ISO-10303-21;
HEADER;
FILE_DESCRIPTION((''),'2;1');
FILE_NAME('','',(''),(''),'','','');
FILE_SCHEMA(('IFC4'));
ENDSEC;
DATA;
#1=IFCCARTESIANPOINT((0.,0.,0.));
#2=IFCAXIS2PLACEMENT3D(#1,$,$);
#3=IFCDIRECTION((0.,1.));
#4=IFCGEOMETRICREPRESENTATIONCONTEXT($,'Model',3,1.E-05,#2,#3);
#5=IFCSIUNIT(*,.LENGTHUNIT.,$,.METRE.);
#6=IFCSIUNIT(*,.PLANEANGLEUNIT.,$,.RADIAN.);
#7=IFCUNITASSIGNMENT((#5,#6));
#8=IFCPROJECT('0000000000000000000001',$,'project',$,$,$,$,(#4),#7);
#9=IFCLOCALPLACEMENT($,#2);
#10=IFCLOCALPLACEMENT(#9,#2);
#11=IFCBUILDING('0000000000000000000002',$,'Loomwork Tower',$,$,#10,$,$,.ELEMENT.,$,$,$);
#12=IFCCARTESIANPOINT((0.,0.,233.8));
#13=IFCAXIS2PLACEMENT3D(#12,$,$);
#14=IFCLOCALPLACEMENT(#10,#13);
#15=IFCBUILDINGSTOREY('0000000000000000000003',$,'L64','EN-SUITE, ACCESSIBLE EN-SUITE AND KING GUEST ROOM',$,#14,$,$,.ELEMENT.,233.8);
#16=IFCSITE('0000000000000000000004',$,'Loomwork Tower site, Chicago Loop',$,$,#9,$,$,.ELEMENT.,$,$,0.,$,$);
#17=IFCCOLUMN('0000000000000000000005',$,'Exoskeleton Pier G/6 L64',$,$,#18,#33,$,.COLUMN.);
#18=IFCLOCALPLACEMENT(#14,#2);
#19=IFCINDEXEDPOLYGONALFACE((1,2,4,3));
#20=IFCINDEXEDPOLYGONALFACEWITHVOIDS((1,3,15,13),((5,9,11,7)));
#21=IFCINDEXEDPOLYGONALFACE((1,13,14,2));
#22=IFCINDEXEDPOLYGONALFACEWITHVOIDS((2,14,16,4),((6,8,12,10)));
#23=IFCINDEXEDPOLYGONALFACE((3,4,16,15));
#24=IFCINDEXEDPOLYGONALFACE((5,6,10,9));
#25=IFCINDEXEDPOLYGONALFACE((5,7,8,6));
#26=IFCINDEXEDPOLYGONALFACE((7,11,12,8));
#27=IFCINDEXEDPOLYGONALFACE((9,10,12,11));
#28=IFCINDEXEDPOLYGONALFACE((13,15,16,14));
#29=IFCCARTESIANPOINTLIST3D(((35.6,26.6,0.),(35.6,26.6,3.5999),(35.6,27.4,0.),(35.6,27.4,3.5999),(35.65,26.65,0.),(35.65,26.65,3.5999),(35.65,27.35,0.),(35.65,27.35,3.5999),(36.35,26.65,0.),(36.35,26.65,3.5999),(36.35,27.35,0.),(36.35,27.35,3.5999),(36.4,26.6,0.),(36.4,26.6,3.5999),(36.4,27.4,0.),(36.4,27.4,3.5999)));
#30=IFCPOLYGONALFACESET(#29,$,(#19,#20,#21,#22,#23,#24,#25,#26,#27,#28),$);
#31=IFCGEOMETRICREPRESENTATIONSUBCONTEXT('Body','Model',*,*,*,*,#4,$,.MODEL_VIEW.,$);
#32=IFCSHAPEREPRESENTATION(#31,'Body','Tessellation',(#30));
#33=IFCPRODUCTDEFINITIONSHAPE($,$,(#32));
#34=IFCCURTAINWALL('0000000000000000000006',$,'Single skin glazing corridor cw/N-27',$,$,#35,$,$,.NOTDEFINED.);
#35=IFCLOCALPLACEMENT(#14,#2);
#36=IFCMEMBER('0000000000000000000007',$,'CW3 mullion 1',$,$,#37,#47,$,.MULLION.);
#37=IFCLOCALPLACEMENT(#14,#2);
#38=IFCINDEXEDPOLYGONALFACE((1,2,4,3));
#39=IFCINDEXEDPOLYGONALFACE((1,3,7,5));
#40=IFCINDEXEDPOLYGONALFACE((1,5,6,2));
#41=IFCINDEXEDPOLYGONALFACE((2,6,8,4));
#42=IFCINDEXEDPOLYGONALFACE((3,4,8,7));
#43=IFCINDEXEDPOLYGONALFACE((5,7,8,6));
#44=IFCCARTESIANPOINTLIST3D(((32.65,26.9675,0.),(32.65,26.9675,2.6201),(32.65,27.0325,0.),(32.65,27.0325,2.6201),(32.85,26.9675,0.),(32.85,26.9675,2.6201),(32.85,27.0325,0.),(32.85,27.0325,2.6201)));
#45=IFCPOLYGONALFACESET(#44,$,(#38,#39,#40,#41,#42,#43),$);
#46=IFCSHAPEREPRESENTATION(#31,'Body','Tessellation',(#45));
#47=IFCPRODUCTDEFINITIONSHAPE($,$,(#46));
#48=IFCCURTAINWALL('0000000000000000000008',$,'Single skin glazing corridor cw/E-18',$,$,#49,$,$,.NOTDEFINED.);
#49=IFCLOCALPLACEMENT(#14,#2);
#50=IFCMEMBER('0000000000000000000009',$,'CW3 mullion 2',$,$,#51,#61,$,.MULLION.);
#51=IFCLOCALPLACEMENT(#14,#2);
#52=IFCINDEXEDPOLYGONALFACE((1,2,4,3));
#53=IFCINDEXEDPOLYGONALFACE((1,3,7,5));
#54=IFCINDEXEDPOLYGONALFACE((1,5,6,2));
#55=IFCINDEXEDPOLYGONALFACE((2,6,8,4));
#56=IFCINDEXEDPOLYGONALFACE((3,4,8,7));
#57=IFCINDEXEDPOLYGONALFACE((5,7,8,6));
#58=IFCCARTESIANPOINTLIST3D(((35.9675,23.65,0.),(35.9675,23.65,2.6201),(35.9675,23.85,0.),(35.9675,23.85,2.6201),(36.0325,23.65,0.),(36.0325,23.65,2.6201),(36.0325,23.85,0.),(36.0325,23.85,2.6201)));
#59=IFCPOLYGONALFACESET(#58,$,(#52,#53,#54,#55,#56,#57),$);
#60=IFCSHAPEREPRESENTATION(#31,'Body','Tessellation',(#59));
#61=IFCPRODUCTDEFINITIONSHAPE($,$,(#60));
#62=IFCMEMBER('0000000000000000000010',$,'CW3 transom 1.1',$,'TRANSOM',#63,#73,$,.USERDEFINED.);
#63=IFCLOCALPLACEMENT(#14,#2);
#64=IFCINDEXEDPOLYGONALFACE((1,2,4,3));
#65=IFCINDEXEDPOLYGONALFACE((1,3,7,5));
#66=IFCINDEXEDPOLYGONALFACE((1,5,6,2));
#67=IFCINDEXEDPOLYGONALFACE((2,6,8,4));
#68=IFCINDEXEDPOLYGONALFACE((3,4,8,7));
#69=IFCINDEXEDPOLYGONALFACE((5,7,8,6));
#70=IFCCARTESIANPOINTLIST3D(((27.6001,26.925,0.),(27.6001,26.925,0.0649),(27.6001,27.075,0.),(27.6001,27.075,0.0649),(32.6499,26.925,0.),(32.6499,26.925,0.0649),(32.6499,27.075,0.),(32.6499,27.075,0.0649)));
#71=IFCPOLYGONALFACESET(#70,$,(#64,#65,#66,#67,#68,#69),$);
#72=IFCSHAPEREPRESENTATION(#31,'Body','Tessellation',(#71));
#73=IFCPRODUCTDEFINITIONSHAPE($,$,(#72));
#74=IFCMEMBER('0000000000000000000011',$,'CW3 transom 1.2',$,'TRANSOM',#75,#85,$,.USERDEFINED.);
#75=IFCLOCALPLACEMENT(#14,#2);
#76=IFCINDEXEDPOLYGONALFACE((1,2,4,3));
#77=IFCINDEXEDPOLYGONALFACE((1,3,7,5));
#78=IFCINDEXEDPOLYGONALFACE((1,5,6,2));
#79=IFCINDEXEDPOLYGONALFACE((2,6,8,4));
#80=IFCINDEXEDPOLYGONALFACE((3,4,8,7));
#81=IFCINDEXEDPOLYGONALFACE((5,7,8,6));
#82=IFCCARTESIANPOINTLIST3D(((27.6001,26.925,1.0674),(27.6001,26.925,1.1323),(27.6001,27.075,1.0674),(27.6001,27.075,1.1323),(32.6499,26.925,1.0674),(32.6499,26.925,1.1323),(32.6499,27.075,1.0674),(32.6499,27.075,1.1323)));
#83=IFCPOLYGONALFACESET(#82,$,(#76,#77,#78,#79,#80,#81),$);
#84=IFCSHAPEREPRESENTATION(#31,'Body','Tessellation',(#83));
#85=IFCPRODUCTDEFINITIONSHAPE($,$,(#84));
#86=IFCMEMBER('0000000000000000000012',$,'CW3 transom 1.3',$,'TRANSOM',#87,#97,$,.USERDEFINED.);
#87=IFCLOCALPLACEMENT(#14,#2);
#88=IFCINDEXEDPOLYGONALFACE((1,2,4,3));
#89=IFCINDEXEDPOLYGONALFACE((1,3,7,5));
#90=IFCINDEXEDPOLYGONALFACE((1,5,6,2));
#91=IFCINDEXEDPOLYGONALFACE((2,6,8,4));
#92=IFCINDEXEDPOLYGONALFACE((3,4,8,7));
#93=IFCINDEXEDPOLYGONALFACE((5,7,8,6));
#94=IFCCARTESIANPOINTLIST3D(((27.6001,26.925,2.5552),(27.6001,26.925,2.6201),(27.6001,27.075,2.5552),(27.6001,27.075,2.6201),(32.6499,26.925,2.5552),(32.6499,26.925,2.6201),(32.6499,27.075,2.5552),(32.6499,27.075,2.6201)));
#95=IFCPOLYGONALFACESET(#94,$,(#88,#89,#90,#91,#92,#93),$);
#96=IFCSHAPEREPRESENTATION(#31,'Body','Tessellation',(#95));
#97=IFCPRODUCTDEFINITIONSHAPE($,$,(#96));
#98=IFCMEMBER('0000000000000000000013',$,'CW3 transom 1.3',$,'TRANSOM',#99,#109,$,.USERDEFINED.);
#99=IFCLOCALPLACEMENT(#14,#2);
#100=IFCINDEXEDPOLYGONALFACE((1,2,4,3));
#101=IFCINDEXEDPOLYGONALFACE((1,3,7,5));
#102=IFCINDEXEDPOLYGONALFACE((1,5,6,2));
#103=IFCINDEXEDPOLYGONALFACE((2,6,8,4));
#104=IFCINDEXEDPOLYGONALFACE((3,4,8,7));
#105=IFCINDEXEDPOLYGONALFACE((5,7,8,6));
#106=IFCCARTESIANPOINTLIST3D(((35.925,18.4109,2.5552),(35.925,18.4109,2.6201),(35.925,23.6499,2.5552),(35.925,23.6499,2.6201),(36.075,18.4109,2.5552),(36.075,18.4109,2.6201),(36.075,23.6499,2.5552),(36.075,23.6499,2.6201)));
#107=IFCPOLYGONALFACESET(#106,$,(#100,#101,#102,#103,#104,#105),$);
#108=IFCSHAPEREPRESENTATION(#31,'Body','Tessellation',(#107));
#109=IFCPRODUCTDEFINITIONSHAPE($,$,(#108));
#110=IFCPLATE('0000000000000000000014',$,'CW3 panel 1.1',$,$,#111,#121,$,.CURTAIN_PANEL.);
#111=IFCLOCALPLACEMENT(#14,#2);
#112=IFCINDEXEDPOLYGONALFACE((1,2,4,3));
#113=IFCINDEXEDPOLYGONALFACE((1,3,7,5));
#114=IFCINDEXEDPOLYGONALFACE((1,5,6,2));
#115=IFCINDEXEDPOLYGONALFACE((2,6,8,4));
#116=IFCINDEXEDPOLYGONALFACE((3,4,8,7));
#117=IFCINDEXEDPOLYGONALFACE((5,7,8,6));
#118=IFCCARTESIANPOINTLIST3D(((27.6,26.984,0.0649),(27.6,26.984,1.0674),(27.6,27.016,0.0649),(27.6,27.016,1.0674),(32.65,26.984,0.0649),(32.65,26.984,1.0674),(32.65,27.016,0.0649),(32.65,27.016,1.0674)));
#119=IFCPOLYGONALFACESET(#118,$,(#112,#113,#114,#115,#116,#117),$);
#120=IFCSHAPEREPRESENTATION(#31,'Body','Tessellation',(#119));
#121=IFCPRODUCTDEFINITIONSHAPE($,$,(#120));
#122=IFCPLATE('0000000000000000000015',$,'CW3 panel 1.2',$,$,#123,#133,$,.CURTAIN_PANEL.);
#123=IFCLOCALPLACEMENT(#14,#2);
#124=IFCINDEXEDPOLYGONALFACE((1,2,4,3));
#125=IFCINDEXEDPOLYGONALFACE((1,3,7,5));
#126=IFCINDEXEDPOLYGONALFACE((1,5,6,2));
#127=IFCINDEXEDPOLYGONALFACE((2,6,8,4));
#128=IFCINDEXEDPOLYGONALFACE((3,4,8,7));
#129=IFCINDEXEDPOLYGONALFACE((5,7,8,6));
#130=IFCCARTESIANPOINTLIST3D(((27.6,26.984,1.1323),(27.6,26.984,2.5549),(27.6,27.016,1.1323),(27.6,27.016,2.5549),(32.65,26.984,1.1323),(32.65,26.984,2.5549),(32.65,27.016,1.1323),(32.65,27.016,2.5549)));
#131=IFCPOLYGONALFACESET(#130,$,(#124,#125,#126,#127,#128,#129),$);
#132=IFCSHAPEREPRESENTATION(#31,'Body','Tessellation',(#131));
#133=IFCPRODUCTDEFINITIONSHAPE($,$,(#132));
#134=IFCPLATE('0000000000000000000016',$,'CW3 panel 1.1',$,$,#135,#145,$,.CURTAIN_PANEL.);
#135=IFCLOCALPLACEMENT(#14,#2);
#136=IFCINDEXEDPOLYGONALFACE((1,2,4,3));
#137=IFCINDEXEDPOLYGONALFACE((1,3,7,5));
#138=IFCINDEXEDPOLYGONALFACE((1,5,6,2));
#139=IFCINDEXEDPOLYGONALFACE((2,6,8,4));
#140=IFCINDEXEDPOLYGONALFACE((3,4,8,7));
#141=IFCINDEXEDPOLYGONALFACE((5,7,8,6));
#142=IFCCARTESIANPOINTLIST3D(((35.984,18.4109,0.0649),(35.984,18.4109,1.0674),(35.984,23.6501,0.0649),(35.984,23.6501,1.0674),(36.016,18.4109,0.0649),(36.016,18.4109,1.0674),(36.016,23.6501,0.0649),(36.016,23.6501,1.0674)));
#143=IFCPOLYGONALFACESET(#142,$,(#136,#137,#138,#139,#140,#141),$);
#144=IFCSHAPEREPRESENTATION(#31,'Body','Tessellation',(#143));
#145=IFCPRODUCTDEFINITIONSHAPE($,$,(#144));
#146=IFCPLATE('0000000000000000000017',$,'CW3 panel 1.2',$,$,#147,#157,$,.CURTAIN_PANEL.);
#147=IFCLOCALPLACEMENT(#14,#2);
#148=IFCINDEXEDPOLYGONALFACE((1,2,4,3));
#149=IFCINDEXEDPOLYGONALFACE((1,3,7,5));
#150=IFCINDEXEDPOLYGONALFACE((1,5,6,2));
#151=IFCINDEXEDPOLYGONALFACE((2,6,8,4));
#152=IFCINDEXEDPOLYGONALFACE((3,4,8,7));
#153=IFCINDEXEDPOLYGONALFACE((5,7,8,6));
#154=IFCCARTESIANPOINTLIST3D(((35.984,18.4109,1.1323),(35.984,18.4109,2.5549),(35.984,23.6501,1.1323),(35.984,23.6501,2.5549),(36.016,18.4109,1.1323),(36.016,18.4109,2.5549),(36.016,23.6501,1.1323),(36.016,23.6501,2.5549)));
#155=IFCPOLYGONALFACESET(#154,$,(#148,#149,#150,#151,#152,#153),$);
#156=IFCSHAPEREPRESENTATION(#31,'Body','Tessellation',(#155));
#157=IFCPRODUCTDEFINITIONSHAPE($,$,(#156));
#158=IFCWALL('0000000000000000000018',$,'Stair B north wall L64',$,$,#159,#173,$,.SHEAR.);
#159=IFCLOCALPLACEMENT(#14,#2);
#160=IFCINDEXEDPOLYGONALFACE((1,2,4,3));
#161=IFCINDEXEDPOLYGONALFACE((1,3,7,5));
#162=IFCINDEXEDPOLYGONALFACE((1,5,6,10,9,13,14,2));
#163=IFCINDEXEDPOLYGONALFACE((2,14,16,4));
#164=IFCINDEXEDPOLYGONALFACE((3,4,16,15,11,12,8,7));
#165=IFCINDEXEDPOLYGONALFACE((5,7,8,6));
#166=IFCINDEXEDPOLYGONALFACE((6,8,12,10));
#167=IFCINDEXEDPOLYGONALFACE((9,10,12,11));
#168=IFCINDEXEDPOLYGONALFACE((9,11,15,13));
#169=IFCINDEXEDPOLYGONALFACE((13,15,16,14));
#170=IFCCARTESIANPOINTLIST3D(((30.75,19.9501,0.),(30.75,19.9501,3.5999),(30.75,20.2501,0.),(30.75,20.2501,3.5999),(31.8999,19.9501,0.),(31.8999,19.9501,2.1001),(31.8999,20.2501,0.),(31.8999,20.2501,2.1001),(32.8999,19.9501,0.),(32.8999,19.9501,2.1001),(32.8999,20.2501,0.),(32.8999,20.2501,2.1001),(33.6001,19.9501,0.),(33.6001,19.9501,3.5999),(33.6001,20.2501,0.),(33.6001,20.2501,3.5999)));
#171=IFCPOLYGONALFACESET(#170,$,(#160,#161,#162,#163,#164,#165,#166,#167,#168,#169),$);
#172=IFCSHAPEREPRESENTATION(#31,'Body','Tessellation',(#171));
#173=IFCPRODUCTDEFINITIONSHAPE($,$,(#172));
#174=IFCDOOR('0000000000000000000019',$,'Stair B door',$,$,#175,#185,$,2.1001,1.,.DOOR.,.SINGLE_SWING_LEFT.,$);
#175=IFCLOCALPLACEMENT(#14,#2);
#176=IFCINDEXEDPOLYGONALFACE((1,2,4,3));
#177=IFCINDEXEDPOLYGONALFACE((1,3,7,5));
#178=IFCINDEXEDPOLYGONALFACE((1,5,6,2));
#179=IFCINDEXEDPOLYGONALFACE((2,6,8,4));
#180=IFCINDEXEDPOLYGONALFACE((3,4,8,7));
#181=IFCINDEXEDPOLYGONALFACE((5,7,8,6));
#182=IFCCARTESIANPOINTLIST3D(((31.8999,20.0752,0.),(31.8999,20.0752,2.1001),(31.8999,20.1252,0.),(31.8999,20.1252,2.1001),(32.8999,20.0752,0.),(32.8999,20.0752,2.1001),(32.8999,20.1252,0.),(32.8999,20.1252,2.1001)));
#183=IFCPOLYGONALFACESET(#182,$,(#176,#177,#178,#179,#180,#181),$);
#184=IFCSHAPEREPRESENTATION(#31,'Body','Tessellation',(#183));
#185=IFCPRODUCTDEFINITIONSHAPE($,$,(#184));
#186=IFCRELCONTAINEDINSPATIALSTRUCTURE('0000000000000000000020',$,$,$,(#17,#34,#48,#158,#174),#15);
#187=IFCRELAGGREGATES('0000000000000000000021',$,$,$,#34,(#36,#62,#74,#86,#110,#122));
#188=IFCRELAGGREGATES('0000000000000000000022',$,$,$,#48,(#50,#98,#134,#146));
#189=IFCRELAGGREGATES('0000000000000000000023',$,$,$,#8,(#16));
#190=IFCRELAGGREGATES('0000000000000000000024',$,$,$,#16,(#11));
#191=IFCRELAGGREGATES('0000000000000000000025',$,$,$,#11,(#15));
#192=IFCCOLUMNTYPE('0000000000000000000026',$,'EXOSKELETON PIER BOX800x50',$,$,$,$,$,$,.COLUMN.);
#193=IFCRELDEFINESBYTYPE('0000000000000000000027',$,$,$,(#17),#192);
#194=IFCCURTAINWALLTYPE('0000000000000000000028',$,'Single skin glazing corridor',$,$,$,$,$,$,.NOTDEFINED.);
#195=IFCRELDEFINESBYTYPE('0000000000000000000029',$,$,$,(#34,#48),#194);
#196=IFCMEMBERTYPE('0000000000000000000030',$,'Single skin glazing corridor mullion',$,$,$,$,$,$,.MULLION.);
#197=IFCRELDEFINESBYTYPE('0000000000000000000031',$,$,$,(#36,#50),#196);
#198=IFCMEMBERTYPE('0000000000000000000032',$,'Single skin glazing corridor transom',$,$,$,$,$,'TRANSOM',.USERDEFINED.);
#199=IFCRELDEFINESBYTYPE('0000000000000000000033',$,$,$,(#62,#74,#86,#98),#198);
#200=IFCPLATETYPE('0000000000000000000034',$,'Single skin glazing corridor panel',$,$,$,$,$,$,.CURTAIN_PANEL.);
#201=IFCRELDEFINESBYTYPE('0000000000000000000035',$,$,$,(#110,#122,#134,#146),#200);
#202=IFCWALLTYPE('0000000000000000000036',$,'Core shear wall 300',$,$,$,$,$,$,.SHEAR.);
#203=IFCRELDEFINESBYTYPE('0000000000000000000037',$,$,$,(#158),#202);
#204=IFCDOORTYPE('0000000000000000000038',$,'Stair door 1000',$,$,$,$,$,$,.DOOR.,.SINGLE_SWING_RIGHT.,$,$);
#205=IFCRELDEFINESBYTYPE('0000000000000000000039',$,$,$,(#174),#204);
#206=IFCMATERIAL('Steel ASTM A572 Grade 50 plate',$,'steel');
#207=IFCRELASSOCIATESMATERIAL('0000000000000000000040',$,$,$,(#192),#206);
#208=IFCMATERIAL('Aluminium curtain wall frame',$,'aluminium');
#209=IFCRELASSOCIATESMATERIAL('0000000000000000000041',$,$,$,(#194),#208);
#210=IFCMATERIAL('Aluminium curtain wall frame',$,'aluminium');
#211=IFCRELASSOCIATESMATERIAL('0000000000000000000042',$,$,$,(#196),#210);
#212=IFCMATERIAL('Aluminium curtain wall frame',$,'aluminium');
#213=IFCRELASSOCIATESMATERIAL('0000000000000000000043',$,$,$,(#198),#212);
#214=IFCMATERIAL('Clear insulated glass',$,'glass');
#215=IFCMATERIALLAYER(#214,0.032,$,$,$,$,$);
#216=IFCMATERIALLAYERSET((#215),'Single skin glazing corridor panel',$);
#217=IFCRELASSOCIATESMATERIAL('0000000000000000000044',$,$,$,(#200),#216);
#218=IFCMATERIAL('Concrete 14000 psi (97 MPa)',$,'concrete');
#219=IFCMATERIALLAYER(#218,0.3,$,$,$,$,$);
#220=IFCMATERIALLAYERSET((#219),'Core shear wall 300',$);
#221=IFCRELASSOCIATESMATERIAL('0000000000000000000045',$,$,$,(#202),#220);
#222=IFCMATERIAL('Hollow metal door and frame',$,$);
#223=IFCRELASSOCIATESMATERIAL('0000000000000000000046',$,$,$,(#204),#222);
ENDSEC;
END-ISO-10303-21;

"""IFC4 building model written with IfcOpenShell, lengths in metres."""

from ifc_helpers import new_model, si_unit, direction, frame, frame_2d, origin, origin_2d, place, context, subcontext, project, spatial, rectangle, hollow_rectangle, extrude, material, layer, layer_set, material_profile, profile_set, type_object, element, fill, aggregate, save


model = new_model("IFC4")

# Units and contexts
model_context = context("Model", 3, precision=1e-05, world=origin(), true_north=direction((0.0, 1.0)))
body_context = subcontext(model_context, "Body", "Model", "MODEL_VIEW")
ifc_project = project(units=[si_unit("LENGTHUNIT", "METRE"), si_unit("PLANEANGLEUNIT", "RADIAN")], contexts=[model_context])

# Site, building, storey
site_placement = place(None, origin())
site = spatial("IfcSite", under=ifc_project, at=site_placement, Name="Loomwork Tower site, Chicago Loop", CompositionType="ELEMENT", RefElevation=0.0)
building_placement = place(site_placement, origin())
building = spatial("IfcBuilding", under=site, at=building_placement, Name="Loomwork Tower", CompositionType="ELEMENT")
storey_placement = place(building_placement, frame((0.0, 0.0, 233.8)))
storey = spatial("IfcBuildingStorey", under=building, at=storey_placement, Name="L64", Description="EN-SUITE, ACCESSIBLE EN-SUITE AND KING GUEST ROOM", CompositionType="ELEMENT", Elevation=233.8)

# Column
ifc_material_1 = material(Name="Steel ASTM A572 Grade 50 plate", Category="steel")
ifc_material_profile_1 = material_profile(ifc_material_1, hollow_rectangle(XDim=0.8, YDim=0.8, WallThickness=0.05, at=origin_2d()), Name="BOX800x50")
ifc_profile_set_1 = profile_set([ifc_material_profile_1], Name="Steel ASTM A572 Grade 50 plate")
column_type = type_object("IfcColumnType", Name="EXOSKELETON PIER BOX800x50", PredefinedType="COLUMN", material=ifc_profile_set_1)
column_placement = place(storey_placement, frame((36.0, 27.0, 0.0), z_axis=(0.0, 0.0, 1.0), x_axis=(1.0, 0.0, 0.0)))
element("IfcColumn", 1, at=column_placement, inside=storey, type_object=column_type, Name="Exoskeleton Pier G/6 L64", PredefinedType="COLUMN", context=body_context, shape_type="SweptSolid", body=[
    extrude(hollow_rectangle(XDim=0.8, YDim=0.8, WallThickness=0.05, at=origin_2d()), origin(), (0.0, 0.0, 1.0), 3.5999),
])

# Curtain walls, members
ifc_material_2 = material(Name="Aluminium curtain wall frame", Category="aluminium")
curtain_wall_type = type_object("IfcCurtainWallType", Name="Single skin glazing corridor", PredefinedType="NOTDEFINED", material=ifc_material_2)
curtain_wall_1_placement = place(storey_placement, origin())
curtain_wall_1 = element("IfcCurtainWall", 2, at=curtain_wall_1_placement, inside=storey, type_object=curtain_wall_type, Name="Single skin glazing corridor cw/N-27", PredefinedType="NOTDEFINED")
ifc_material_3 = material(Name="Aluminium curtain wall frame", Category="aluminium")
ifc_material_profile_2 = material_profile(ifc_material_3, rectangle(XDim=0.0649, YDim=0.2, at=origin_2d()), Name="AL 65x200")
ifc_profile_set_2 = profile_set([ifc_material_profile_2], Name="Aluminium curtain wall frame")
member_type_1 = type_object("IfcMemberType", Name="Single skin glazing corridor mullion", PredefinedType="MULLION", material=ifc_profile_set_2)
member_1_placement = place(storey_placement, frame((32.75, 27.0, 0.0), z_axis=(0.0, 0.0, 1.0), x_axis=(0.0, -1.0, 0.0)))
member_1 = element("IfcMember", 3, at=member_1_placement, type_object=member_type_1, Name="CW3 mullion 1", PredefinedType="MULLION", context=body_context, shape_type="SweptSolid", body=[
    extrude(rectangle(XDim=0.0649, YDim=0.2, at=origin_2d()), origin(), (0.0, 0.0, 1.0), 2.6201),
])
curtain_wall_2_placement = place(storey_placement, origin())
curtain_wall_2 = element("IfcCurtainWall", 4, at=curtain_wall_2_placement, inside=storey, type_object=curtain_wall_type, Name="Single skin glazing corridor cw/E-18", PredefinedType="NOTDEFINED")
member_2_placement = place(storey_placement, frame((36.0, 23.75, 0.0), z_axis=(0.0, 0.0, 1.0), x_axis=(-1.0, 0.0, 0.0)))
member_2 = element("IfcMember", 5, at=member_2_placement, type_object=member_type_1, Name="CW3 mullion 2", PredefinedType="MULLION", context=body_context, shape_type="SweptSolid", body=[
    extrude(rectangle(XDim=0.0649, YDim=0.2, at=origin_2d()), origin(), (0.0, 0.0, 1.0), 2.6201),
])

# Members
ifc_material_4 = material(Name="Aluminium curtain wall frame", Category="aluminium")
ifc_material_profile_3 = material_profile(ifc_material_4, rectangle(XDim=0.1499, YDim=0.0649, at=origin_2d()), Name="AL 65x150")
ifc_profile_set_3 = profile_set([ifc_material_profile_3], Name="Aluminium curtain wall frame")
member_type_2 = type_object("IfcMemberType", Name="Single skin glazing corridor transom", ElementType="TRANSOM", PredefinedType="USERDEFINED", material=ifc_profile_set_3)
member_3_placement = place(storey_placement, frame((32.6499, 27.0, 0.0325), z_axis=(-1.0, 0.0, 0.0), x_axis=(0.0, -1.0, 0.0)))
member_3 = element("IfcMember", 6, at=member_3_placement, type_object=member_type_2, Name="CW3 transom 1.1", ObjectType="TRANSOM", PredefinedType="USERDEFINED", context=body_context, shape_type="SweptSolid", body=[
    extrude(rectangle(XDim=0.1499, YDim=0.0649, at=origin_2d()), origin(), (0.0, 0.0, 1.0), 5.0498),
])
member_4_placement = place(storey_placement, frame((32.6499, 27.0, 1.0999), z_axis=(-1.0, 0.0, 0.0), x_axis=(0.0, -1.0, 0.0)))
member_4 = element("IfcMember", 7, at=member_4_placement, type_object=member_type_2, Name="CW3 transom 1.2", ObjectType="TRANSOM", PredefinedType="USERDEFINED", context=body_context, shape_type="SweptSolid", body=[
    extrude(rectangle(XDim=0.1499, YDim=0.0649, at=origin_2d()), origin(), (0.0, 0.0, 1.0), 5.0498),
])
member_5_placement = place(storey_placement, frame((32.6499, 27.0, 2.5876), z_axis=(-1.0, 0.0, 0.0), x_axis=(0.0, -1.0, 0.0)))
member_5 = element("IfcMember", 8, at=member_5_placement, type_object=member_type_2, Name="CW3 transom 1.3", ObjectType="TRANSOM", PredefinedType="USERDEFINED", context=body_context, shape_type="SweptSolid", body=[
    extrude(rectangle(XDim=0.1499, YDim=0.0649, at=origin_2d()), origin(), (0.0, 0.0, 1.0), 5.0498),
])
member_6_placement = place(storey_placement, frame((36.0, 18.4109, 2.5876), z_axis=(0.0, 1.0, 0.0), x_axis=(-1.0, 0.0, 0.0)))
member_6 = element("IfcMember", 9, at=member_6_placement, type_object=member_type_2, Name="CW3 transom 1.3", ObjectType="TRANSOM", PredefinedType="USERDEFINED", context=body_context, shape_type="SweptSolid", body=[
    extrude(rectangle(XDim=0.1499, YDim=0.0649, at=origin_2d()), origin(), (0.0, 0.0, 1.0), 5.239),
])

# Plates
ifc_material_5 = material(Name="Clear insulated glass", Category="glass")
ifc_layer_1 = layer(ifc_material_5, 0.032)
ifc_layer_set_1 = layer_set([ifc_layer_1], Name="Single skin glazing corridor panel")
plate_type = type_object("IfcPlateType", Name="Single skin glazing corridor panel", PredefinedType="CURTAIN_PANEL", material=ifc_layer_set_1)
plate_1_placement = place(storey_placement, frame((30.125, 27.0, 0.0649), z_axis=(0.0, 0.0, 1.0), x_axis=(-1.0, 0.0, 0.0)))
plate_1 = element("IfcPlate", 10, at=plate_1_placement, type_object=plate_type, Name="CW3 panel 1.1", PredefinedType="CURTAIN_PANEL", context=body_context, shape_type="SweptSolid", body=[
    extrude(rectangle(XDim=5.05, YDim=0.032, at=origin_2d()), origin(), (0.0, 0.0, 1.0), 1.0024),
])
plate_2_placement = place(storey_placement, frame((30.125, 27.0, 1.1323), z_axis=(0.0, 0.0, 1.0), x_axis=(-1.0, 0.0, 0.0)))
plate_2 = element("IfcPlate", 11, at=plate_2_placement, type_object=plate_type, Name="CW3 panel 1.2", PredefinedType="CURTAIN_PANEL", context=body_context, shape_type="SweptSolid", body=[
    extrude(rectangle(XDim=5.05, YDim=0.032, at=origin_2d()), origin(), (0.0, 0.0, 1.0), 1.4226),
])
aggregate(curtain_wall_1, [member_1, member_3, member_4, member_5, plate_1, plate_2])
plate_3_placement = place(storey_placement, frame((36.0, 21.0305, 0.0649), z_axis=(0.0, 0.0, 1.0), x_axis=(0.0, 1.0, 0.0)))
plate_3 = element("IfcPlate", 12, at=plate_3_placement, type_object=plate_type, Name="CW3 panel 1.1", PredefinedType="CURTAIN_PANEL", context=body_context, shape_type="SweptSolid", body=[
    extrude(rectangle(XDim=5.2393, YDim=0.032, at=origin_2d()), origin(), (0.0, 0.0, 1.0), 1.0024),
])
plate_4_placement = place(storey_placement, frame((36.0, 21.0305, 1.1323), z_axis=(0.0, 0.0, 1.0), x_axis=(0.0, 1.0, 0.0)))
plate_4 = element("IfcPlate", 13, at=plate_4_placement, type_object=plate_type, Name="CW3 panel 1.2", PredefinedType="CURTAIN_PANEL", context=body_context, shape_type="SweptSolid", body=[
    extrude(rectangle(XDim=5.2393, YDim=0.032, at=origin_2d()), origin(), (0.0, 0.0, 1.0), 1.4226),
])
aggregate(curtain_wall_2, [member_2, member_6, plate_3, plate_4])

# Wall, opening, door
ifc_material_6 = material(Name="Concrete 14000 psi (97 MPa)", Category="concrete")
ifc_layer_2 = layer(ifc_material_6, 0.3)
ifc_layer_set_2 = layer_set([ifc_layer_2], Name="Core shear wall 300")
wall_type_1 = type_object("IfcWallType", Name="Core shear wall 300", PredefinedType="SHEAR", material=ifc_layer_set_2)
wall_1_placement = place(storey_placement, frame((30.75, 20.1001, 0.0), z_axis=(0.0, 0.0, 1.0), x_axis=(1.0, 0.0, 0.0)))
wall_1 = element("IfcWall", 14, at=wall_1_placement, inside=storey, type_object=wall_type_1, Name="Stair B north wall L64", PredefinedType="SHEAR", context=body_context, shape_type="SweptSolid", body=[
    extrude(rectangle(XDim=2.8501, YDim=0.3, at=frame_2d((1.425, 0.0))), origin(), (0.0, 0.0, 1.0), 3.5999),
])
opening_1_placement = place(wall_1_placement, frame((1.1499, 0.0, 0.0)))
opening_1 = element("IfcOpeningElement", 15, at=opening_1_placement, cuts=wall_1, PredefinedType="OPENING", context=body_context, shape_type="SweptSolid", body=[
    extrude(rectangle(XDim=1.0, YDim=2.1001, at=frame_2d((0.5, 1.05))), frame((0.0, 0.1599, 0.0), z_axis=(0.0, -1.0, 0.0), x_axis=(1.0, 0.0, 0.0)), (0.0, 0.0, 1.0), 0.3201),
])
ifc_material_7 = material(Name="Hollow metal door and frame")
door_type = type_object("IfcDoorType", Name="Stair door 1000", OperationType="SINGLE_SWING_RIGHT", PredefinedType="DOOR", material=ifc_material_7)
door_placement = place(opening_1_placement, frame((1.0, 0.0, 0.0), z_axis=(0.0, 0.0, 1.0), x_axis=(-1.0, 0.0, 0.0)))
door = element("IfcDoor", 16, at=door_placement, inside=storey, type_object=door_type, Name="Stair B door", OperationType="SINGLE_SWING_LEFT", OverallHeight=2.1001, OverallWidth=1.0, PredefinedType="DOOR", context=body_context, shape_type="SweptSolid", body=[
    extrude(rectangle(XDim=1.0, YDim=2.1001, at=frame_2d((0.5, 1.05))), frame((0.0, 0.0249, 0.0), z_axis=(0.0, -1.0, 0.0), x_axis=(1.0, 0.0, 0.0)), (0.0, 0.0, 1.0), 0.05),
])
fill(opening_1, door)

save(model, "model.ifc")
